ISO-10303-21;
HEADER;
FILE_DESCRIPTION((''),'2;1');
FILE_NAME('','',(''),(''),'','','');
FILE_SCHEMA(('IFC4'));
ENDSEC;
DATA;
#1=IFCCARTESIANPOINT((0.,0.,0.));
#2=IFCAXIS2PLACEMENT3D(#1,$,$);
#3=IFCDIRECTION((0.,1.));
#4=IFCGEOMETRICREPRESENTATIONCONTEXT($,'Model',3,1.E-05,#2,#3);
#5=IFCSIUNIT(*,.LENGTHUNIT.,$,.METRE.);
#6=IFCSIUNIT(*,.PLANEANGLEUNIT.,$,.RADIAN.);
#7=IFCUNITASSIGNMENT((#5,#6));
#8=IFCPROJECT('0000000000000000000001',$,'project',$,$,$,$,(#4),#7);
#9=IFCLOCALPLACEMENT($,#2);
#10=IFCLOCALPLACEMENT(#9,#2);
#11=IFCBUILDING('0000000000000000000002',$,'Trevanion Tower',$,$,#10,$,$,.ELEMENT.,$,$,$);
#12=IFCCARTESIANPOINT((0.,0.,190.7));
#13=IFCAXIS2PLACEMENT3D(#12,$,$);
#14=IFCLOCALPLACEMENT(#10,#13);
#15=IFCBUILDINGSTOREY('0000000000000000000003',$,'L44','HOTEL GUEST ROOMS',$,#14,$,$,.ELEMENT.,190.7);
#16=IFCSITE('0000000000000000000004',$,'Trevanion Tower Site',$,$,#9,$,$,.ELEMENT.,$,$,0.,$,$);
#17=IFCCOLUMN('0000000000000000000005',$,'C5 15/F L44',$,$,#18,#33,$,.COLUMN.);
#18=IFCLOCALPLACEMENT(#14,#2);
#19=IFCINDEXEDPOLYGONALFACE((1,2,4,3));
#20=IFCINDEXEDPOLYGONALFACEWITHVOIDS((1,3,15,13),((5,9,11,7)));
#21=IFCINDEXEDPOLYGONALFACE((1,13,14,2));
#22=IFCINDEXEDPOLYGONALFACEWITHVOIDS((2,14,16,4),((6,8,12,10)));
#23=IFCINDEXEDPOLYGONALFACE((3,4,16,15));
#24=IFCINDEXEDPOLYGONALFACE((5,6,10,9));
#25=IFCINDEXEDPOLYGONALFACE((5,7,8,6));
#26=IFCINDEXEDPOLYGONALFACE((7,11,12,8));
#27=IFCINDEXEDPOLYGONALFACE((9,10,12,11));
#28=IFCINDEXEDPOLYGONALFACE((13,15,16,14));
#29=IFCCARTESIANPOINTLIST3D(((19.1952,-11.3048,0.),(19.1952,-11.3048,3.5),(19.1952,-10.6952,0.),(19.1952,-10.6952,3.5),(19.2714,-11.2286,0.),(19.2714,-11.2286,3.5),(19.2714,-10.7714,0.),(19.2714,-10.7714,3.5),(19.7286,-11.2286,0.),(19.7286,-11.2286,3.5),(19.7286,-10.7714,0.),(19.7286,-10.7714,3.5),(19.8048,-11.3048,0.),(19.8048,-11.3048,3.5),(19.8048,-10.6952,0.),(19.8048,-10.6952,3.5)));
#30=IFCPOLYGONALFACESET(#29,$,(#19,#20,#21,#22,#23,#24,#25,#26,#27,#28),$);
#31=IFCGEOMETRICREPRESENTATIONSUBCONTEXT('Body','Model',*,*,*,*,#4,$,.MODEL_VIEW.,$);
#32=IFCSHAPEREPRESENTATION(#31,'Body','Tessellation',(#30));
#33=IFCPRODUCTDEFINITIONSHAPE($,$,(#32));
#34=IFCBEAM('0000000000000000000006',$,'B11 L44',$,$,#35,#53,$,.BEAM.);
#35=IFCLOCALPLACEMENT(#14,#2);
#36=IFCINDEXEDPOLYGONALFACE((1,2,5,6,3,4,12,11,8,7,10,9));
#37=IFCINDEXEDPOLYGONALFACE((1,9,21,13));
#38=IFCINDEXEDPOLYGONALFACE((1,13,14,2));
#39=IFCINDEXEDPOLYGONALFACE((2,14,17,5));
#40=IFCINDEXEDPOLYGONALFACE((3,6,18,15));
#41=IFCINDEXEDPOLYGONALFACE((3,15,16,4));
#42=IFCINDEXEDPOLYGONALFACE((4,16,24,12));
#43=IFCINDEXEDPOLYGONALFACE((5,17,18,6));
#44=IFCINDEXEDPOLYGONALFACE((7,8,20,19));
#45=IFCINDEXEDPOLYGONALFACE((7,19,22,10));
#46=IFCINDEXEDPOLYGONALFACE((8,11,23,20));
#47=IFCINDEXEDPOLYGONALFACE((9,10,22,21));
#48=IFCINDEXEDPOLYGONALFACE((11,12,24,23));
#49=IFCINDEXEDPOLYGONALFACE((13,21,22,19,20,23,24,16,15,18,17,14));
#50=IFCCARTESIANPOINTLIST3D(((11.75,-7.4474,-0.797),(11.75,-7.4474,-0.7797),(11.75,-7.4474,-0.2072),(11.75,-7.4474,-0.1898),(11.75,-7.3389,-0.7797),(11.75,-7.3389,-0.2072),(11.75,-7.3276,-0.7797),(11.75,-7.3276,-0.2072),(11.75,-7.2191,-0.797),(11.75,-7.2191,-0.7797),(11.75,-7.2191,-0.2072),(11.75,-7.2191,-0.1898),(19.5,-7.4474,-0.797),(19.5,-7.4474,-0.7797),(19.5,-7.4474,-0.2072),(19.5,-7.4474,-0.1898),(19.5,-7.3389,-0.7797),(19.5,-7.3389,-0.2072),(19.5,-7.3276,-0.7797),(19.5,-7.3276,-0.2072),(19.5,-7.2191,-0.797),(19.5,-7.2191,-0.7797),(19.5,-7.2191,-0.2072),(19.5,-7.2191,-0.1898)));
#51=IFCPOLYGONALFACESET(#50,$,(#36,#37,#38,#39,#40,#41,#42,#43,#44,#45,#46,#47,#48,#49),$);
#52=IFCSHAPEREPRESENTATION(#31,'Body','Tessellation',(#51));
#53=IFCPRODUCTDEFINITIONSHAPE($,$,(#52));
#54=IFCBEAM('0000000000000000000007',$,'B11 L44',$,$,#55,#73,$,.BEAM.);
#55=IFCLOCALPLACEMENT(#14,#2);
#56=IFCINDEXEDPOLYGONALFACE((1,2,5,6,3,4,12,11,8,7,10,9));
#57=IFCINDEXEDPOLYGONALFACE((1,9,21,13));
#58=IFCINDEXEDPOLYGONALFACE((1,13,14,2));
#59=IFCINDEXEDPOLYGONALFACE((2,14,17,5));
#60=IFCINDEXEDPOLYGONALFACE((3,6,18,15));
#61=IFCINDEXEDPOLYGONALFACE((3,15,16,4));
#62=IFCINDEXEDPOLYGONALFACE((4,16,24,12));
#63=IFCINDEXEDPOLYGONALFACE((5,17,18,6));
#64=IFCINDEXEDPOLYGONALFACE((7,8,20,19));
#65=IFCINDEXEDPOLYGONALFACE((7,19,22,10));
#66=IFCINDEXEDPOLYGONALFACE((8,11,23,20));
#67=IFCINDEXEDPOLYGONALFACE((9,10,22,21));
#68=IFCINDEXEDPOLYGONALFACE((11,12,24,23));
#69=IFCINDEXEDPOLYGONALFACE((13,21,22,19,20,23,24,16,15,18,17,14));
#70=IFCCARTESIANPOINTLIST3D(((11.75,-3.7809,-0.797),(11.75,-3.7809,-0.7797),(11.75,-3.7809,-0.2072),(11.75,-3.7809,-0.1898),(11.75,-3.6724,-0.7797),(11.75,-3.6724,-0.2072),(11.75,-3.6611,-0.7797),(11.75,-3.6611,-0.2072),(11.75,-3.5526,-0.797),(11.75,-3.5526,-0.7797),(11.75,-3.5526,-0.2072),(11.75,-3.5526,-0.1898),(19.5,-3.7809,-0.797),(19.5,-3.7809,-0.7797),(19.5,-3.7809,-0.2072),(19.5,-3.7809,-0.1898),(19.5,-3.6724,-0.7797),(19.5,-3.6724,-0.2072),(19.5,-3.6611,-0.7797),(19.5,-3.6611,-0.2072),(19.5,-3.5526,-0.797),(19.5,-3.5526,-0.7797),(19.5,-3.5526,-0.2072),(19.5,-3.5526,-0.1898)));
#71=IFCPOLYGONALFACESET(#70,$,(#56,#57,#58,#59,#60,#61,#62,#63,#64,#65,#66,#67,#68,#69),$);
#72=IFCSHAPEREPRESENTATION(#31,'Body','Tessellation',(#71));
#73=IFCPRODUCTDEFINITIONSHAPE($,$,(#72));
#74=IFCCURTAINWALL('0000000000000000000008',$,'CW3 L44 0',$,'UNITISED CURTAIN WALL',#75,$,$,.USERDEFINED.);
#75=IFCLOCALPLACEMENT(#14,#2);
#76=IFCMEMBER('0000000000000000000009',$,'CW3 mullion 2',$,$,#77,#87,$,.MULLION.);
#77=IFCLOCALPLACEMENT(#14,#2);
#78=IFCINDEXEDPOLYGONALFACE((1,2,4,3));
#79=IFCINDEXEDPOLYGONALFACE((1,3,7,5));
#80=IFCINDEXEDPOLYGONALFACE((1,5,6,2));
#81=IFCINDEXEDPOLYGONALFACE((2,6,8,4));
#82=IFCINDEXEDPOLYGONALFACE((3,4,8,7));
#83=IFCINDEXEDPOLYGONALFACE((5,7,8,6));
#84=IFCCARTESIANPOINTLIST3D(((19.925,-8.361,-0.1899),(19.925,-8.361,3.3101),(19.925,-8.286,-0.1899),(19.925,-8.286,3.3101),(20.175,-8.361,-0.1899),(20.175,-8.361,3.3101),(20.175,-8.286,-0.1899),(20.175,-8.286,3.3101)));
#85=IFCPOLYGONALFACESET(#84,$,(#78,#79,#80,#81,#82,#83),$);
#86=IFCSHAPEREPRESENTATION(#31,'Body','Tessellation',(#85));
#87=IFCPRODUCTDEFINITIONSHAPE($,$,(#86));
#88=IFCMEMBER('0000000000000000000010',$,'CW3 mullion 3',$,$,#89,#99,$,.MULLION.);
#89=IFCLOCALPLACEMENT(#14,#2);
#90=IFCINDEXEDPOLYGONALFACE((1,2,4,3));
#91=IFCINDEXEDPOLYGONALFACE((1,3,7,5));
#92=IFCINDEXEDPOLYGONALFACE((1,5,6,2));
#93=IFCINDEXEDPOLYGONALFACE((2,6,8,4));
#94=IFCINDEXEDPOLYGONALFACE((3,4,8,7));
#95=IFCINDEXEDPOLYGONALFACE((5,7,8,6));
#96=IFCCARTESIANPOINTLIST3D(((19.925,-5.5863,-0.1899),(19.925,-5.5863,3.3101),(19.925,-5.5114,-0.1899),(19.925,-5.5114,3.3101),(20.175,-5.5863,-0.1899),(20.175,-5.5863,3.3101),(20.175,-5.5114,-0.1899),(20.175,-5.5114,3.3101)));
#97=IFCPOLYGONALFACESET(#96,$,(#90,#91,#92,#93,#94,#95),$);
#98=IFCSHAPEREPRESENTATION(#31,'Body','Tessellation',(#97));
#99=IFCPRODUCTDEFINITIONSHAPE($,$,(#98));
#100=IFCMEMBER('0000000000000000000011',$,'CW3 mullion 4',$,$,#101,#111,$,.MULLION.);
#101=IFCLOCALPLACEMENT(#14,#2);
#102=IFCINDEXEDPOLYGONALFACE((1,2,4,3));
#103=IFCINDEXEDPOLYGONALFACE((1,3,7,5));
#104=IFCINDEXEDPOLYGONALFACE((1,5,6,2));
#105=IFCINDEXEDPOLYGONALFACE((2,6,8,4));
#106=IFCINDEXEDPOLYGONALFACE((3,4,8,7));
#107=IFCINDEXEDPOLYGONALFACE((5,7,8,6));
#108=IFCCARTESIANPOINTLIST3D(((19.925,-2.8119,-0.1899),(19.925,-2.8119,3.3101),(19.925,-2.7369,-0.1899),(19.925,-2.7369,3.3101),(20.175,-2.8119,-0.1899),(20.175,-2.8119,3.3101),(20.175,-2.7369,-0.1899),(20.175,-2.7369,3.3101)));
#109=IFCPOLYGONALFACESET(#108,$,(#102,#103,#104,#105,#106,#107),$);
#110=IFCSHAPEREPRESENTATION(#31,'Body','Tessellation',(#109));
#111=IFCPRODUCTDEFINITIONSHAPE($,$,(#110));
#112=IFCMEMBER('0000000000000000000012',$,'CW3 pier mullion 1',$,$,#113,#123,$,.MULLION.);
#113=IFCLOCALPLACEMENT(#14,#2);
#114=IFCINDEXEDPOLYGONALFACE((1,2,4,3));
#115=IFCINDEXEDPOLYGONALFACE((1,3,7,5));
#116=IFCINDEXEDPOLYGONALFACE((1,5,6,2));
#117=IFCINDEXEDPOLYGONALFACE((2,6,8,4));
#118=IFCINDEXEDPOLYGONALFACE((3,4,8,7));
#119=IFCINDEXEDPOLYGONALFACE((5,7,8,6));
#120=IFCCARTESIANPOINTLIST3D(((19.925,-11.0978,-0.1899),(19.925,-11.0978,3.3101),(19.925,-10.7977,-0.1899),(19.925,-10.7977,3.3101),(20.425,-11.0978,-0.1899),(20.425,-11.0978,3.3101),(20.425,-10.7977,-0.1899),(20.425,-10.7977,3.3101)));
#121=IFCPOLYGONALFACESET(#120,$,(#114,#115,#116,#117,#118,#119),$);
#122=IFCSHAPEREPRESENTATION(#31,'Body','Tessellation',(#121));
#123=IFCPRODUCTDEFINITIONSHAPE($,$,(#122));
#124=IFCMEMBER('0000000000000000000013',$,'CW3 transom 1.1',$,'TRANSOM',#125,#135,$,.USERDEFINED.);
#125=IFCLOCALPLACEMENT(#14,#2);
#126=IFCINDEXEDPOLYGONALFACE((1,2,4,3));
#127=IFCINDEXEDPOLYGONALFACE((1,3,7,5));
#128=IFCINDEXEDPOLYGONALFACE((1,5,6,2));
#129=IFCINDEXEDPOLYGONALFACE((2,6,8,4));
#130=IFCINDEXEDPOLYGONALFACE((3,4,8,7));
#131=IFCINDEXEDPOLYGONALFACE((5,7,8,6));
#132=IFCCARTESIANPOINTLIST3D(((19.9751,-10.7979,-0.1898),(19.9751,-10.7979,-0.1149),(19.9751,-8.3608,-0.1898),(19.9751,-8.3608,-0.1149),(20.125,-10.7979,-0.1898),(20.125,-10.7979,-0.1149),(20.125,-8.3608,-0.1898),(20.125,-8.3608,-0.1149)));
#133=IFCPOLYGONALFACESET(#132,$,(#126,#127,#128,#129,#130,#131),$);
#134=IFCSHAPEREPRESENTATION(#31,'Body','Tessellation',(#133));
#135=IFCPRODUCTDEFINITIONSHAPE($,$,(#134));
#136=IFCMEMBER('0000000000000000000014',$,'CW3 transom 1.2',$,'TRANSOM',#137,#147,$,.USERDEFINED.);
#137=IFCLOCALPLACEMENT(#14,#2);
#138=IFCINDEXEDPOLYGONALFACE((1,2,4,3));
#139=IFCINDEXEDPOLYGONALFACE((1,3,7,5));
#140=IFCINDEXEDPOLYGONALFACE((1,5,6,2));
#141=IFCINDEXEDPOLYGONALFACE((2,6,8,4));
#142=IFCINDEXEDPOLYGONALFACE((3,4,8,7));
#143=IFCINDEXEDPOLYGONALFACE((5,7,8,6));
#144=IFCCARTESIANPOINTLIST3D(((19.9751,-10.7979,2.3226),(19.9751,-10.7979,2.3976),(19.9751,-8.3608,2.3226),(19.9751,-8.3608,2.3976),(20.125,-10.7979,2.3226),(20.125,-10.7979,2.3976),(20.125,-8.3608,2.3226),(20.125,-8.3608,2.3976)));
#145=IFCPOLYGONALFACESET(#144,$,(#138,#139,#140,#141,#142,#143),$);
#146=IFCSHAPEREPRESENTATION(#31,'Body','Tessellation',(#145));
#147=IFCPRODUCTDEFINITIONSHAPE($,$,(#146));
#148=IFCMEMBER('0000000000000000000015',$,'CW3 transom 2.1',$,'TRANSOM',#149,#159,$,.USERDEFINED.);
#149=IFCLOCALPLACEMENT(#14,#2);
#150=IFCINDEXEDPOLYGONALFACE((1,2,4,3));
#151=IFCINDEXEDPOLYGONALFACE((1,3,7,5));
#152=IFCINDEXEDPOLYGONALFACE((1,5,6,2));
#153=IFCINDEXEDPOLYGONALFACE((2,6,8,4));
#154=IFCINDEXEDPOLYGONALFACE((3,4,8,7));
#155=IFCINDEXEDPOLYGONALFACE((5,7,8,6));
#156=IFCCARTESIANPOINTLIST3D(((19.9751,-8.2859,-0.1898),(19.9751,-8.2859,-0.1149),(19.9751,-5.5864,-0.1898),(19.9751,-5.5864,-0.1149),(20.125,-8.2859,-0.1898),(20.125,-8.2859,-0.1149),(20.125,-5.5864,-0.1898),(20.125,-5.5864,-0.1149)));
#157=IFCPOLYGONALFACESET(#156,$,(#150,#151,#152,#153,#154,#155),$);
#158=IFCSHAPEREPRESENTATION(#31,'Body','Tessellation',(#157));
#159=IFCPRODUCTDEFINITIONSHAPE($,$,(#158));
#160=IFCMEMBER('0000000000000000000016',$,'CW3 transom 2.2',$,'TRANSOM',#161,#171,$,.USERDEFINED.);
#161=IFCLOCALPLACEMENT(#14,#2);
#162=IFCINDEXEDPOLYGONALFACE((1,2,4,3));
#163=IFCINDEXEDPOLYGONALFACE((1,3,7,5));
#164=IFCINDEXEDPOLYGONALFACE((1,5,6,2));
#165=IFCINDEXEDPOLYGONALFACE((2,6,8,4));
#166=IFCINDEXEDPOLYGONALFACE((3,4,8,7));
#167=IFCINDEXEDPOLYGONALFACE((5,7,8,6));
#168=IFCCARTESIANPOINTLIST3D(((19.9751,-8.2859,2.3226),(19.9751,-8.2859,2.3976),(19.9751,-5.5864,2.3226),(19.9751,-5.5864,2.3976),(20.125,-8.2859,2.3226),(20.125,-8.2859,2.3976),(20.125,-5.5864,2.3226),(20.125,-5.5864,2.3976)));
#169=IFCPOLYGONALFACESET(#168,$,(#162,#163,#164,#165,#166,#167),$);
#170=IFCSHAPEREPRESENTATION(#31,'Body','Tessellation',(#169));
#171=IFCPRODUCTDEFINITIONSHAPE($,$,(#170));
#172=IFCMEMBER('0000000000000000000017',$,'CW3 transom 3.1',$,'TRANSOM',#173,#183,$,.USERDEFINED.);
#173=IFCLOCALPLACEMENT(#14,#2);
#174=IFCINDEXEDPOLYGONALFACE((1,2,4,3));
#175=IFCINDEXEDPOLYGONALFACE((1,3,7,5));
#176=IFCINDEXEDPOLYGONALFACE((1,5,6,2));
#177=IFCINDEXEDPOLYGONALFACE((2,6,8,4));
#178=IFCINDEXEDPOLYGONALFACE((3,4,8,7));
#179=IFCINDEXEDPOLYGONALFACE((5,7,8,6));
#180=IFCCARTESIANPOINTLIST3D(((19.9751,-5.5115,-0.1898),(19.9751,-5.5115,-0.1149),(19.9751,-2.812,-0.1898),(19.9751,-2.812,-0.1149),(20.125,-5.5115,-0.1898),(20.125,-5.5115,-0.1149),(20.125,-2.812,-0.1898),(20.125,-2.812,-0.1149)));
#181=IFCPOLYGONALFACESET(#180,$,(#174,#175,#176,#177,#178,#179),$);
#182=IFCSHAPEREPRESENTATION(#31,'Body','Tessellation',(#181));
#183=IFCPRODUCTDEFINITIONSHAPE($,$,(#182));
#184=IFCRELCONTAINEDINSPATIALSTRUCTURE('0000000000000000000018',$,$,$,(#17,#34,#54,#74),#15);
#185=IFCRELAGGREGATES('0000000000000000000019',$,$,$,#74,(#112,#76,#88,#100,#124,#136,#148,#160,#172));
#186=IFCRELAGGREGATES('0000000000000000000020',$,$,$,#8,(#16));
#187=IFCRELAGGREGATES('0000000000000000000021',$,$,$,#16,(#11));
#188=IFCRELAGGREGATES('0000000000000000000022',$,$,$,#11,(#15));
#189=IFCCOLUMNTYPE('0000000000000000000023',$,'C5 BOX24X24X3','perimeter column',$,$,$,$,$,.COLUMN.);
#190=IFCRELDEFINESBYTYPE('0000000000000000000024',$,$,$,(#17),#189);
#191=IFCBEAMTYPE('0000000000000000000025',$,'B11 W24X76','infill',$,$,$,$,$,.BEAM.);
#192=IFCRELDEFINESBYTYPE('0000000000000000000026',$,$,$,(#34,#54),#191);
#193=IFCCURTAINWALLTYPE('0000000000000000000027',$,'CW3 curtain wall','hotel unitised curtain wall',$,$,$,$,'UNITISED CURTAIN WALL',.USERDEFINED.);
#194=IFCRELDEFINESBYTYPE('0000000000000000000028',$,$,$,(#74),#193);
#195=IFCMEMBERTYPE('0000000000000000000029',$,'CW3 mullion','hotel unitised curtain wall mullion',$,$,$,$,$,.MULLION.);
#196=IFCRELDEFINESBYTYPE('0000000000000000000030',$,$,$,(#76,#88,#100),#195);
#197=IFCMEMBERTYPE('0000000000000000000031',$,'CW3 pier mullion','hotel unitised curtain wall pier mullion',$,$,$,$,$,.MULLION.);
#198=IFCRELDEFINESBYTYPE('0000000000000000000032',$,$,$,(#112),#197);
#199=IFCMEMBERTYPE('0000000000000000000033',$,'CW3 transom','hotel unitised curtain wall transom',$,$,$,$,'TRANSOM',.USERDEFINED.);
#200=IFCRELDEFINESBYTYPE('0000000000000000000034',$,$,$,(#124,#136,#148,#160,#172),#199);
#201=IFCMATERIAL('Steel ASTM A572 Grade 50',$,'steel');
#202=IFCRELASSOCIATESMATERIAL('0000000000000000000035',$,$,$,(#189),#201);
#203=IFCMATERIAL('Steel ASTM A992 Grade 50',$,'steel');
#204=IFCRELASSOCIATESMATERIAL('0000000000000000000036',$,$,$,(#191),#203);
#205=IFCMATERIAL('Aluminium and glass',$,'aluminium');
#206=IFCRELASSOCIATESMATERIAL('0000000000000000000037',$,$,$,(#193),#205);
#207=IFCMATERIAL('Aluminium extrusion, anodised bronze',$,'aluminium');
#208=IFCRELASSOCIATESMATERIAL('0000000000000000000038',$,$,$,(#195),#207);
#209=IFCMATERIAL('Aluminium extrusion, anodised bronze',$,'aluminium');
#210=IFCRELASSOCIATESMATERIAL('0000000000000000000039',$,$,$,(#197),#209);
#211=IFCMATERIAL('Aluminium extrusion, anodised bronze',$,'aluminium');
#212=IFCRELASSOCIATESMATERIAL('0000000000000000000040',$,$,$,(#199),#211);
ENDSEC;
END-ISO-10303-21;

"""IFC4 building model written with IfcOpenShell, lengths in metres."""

from ifc_helpers import new_model, si_unit, direction, frame, origin, origin_2d, place, context, subcontext, project, spatial, rectangle, hollow_rectangle, i_section, extrude, material, material_profile, profile_set, type_object, element, aggregate, save


model = new_model("IFC4")

# Units and contexts
model_context = context("Model", 3, precision=1e-05, world=origin(), true_north=direction((0.0, 1.0)))
body_context = subcontext(model_context, "Body", "Model", "MODEL_VIEW")
ifc_project = project(units=[si_unit("LENGTHUNIT", "METRE"), si_unit("PLANEANGLEUNIT", "RADIAN")], contexts=[model_context])

# Site, building, storey
site_placement = place(None, origin())
site = spatial("IfcSite", under=ifc_project, at=site_placement, Name="Trevanion Tower Site", CompositionType="ELEMENT", RefElevation=0.0)
building_placement = place(site_placement, origin())
building = spatial("IfcBuilding", under=site, at=building_placement, Name="Trevanion Tower", CompositionType="ELEMENT")
storey_placement = place(building_placement, frame((0.0, 0.0, 190.7)))
storey = spatial("IfcBuildingStorey", under=building, at=storey_placement, Name="L44", Description="HOTEL GUEST ROOMS", CompositionType="ELEMENT", Elevation=190.7)

# Column
ifc_material_1 = material(Name="Steel ASTM A572 Grade 50", Category="steel")
ifc_material_profile_1 = material_profile(ifc_material_1, hollow_rectangle(XDim=0.6096, YDim=0.6096, WallThickness=0.0762, at=origin_2d()), Name="BOX24X24X3")
ifc_profile_set_1 = profile_set([ifc_material_profile_1], Name="Steel ASTM A572 Grade 50")
column_type = type_object("IfcColumnType", Name="C5 BOX24X24X3", Description="perimeter column", PredefinedType="COLUMN", material=ifc_profile_set_1)
column_placement = place(storey_placement, frame((19.5, -11.0, 0.0), z_axis=(0.0, 0.0, 1.0), x_axis=(0.0, 1.0, 0.0)))
element("IfcColumn", 1, at=column_placement, inside=storey, type_object=column_type, Name="C5 15/F L44", PredefinedType="COLUMN", context=body_context, shape_type="SweptSolid", body=[
    extrude(hollow_rectangle(XDim=0.6096, YDim=0.6096, WallThickness=0.0762, at=origin_2d()), origin(), (0.0, 0.0, 1.0), 3.5),
])

# Beams
ifc_material_2 = material(Name="Steel ASTM A992 Grade 50", Category="steel")
ifc_material_profile_2 = material_profile(ifc_material_2, i_section(OverallWidth=0.2283, OverallDepth=0.6072, WebThickness=0.0112, FlangeThickness=0.0173, at=origin_2d()), Name="W24X76")
ifc_profile_set_2 = profile_set([ifc_material_profile_2], Name="Steel ASTM A992 Grade 50")
beam_type_1 = type_object("IfcBeamType", Name="B11 W24X76", Description="infill", PredefinedType="BEAM", material=ifc_profile_set_2)
for number, where, z_axis, x_axis, name in (
    (2, (11.75, -7.3333, -0.4934), (1.0, 0.0, 0.0), (0.0, 1.0, 0.0), "B11 L44"),
    (3, (11.75, -3.6667, -0.4934), (1.0, 0.0, 0.0), (0.0, 1.0, 0.0), "B11 L44"),
):
    element("IfcBeam", number, at=place(storey_placement, frame(where, z_axis=z_axis, x_axis=x_axis)), inside=storey, type_object=beam_type_1, Name=name, PredefinedType="BEAM", context=body_context, shape_type="SweptSolid", body=[
        extrude(i_section(OverallWidth=0.2283, OverallDepth=0.6072, WebThickness=0.0112, FlangeThickness=0.0173, at=origin_2d()), origin(), (0.0, 0.0, 1.0), 7.75),
    ])

# Curtain wall, members
ifc_material_3 = material(Name="Aluminium and glass", Category="aluminium")
curtain_wall_type = type_object("IfcCurtainWallType", Name="CW3 curtain wall", Description="hotel unitised curtain wall", ElementType="UNITISED CURTAIN WALL", PredefinedType="USERDEFINED", material=ifc_material_3)
curtain_wall_placement = place(storey_placement, origin())
curtain_wall = element("IfcCurtainWall", 4, at=curtain_wall_placement, inside=storey, type_object=curtain_wall_type, Name="CW3 L44 0", ObjectType="UNITISED CURTAIN WALL", PredefinedType="USERDEFINED")
ifc_material_4 = material(Name="Aluminium extrusion, anodised bronze", Category="aluminium")
ifc_material_profile_3 = material_profile(ifc_material_4, rectangle(XDim=0.075, YDim=0.25, at=origin_2d()), Name="CW3 mullion")
ifc_profile_set_3 = profile_set([ifc_material_profile_3], Name="Aluminium extrusion, anodised bronze")
member_type_1 = type_object("IfcMemberType", Name="CW3 mullion", Description="hotel unitised curtain wall mullion", PredefinedType="MULLION", material=ifc_profile_set_3)
member_1_placement = place(storey_placement, frame((20.05, -8.3235, -0.1899), z_axis=(0.0, 0.0, 1.0), x_axis=(0.0, 1.0, 0.0)))
member_1 = element("IfcMember", 5, at=member_1_placement, type_object=member_type_1, Name="CW3 mullion 2", PredefinedType="MULLION", context=body_context, shape_type="SweptSolid", body=[
    extrude(rectangle(XDim=0.075, YDim=0.25, at=origin_2d()), origin(), (0.0, 0.0, 1.0), 3.5),
])
member_2_placement = place(storey_placement, frame((20.05, -5.5488, -0.1899), z_axis=(0.0, 0.0, 1.0), x_axis=(0.0, 1.0, 0.0)))
member_2 = element("IfcMember", 6, at=member_2_placement, type_object=member_type_1, Name="CW3 mullion 3", PredefinedType="MULLION", context=body_context, shape_type="SweptSolid", body=[
    extrude(rectangle(XDim=0.075, YDim=0.25, at=origin_2d()), origin(), (0.0, 0.0, 1.0), 3.5),
])
member_3_placement = place(storey_placement, frame((20.05, -2.7744, -0.1899), z_axis=(0.0, 0.0, 1.0), x_axis=(0.0, 1.0, 0.0)))
member_3 = element("IfcMember", 7, at=member_3_placement, type_object=member_type_1, Name="CW3 mullion 4", PredefinedType="MULLION", context=body_context, shape_type="SweptSolid", body=[
    extrude(rectangle(XDim=0.075, YDim=0.25, at=origin_2d()), origin(), (0.0, 0.0, 1.0), 3.5),
])
ifc_material_5 = material(Name="Aluminium extrusion, anodised bronze", Category="aluminium")
ifc_material_profile_4 = material_profile(ifc_material_5, rectangle(XDim=0.3, YDim=0.5, at=origin_2d()), Name="CW3 pier mullion")
ifc_profile_set_4 = profile_set([ifc_material_profile_4], Name="Aluminium extrusion, anodised bronze")
member_type_2 = type_object("IfcMemberType", Name="CW3 pier mullion", Description="hotel unitised curtain wall pier mullion", PredefinedType="MULLION", material=ifc_profile_set_4)
member_4_placement = place(storey_placement, frame((20.175, -10.9478, -0.1899), z_axis=(0.0, 0.0, 1.0), x_axis=(0.0, 1.0, 0.0)))
member_4 = element("IfcMember", 8, at=member_4_placement, type_object=member_type_2, Name="CW3 pier mullion 1", PredefinedType="MULLION", context=body_context, shape_type="SweptSolid", body=[
    extrude(rectangle(XDim=0.3, YDim=0.5, at=origin_2d()), origin(), (0.0, 0.0, 1.0), 3.5),
])
ifc_material_6 = material(Name="Aluminium extrusion, anodised bronze", Category="aluminium")
ifc_material_profile_5 = material_profile(ifc_material_6, rectangle(XDim=0.1499, YDim=0.075, at=origin_2d()), Name="CW3 transom")
ifc_profile_set_5 = profile_set([ifc_material_profile_5], Name="Aluminium extrusion, anodised bronze")
member_type_3 = type_object("IfcMemberType", Name="CW3 transom", Description="hotel unitised curtain wall transom", ElementType="TRANSOM", PredefinedType="USERDEFINED", material=ifc_profile_set_5)
member_5_placement = place(storey_placement, frame((20.05, -10.7979, -0.1523), z_axis=(0.0, 1.0, 0.0), x_axis=(-1.0, 0.0, 0.0)))
member_5 = element("IfcMember", 9, at=member_5_placement, type_object=member_type_3, Name="CW3 transom 1.1", ObjectType="TRANSOM", PredefinedType="USERDEFINED", context=body_context, shape_type="SweptSolid", body=[
    extrude(rectangle(XDim=0.1499, YDim=0.075, at=origin_2d()), origin(), (0.0, 0.0, 1.0), 2.437),
])
member_6_placement = place(storey_placement, frame((20.05, -10.7979, 2.3601), z_axis=(0.0, 1.0, 0.0), x_axis=(-1.0, 0.0, 0.0)))
member_6 = element("IfcMember", 10, at=member_6_placement, type_object=member_type_3, Name="CW3 transom 1.2", ObjectType="TRANSOM", PredefinedType="USERDEFINED", context=body_context, shape_type="SweptSolid", body=[
    extrude(rectangle(XDim=0.1499, YDim=0.075, at=origin_2d()), origin(), (0.0, 0.0, 1.0), 2.437),
])
member_7_placement = place(storey_placement, frame((20.05, -8.2859, -0.1523), z_axis=(0.0, 1.0, 0.0), x_axis=(-1.0, 0.0, 0.0)))
member_7 = element("IfcMember", 11, at=member_7_placement, type_object=member_type_3, Name="CW3 transom 2.1", ObjectType="TRANSOM", PredefinedType="USERDEFINED", context=body_context, shape_type="SweptSolid", body=[
    extrude(rectangle(XDim=0.1499, YDim=0.075, at=origin_2d()), origin(), (0.0, 0.0, 1.0), 2.6995),
])
member_8_placement = place(storey_placement, frame((20.05, -8.2859, 2.3601), z_axis=(0.0, 1.0, 0.0), x_axis=(-1.0, 0.0, 0.0)))
member_8 = element("IfcMember", 12, at=member_8_placement, type_object=member_type_3, Name="CW3 transom 2.2", ObjectType="TRANSOM", PredefinedType="USERDEFINED", context=body_context, shape_type="SweptSolid", body=[
    extrude(rectangle(XDim=0.1499, YDim=0.075, at=origin_2d()), origin(), (0.0, 0.0, 1.0), 2.6995),
])
member_9_placement = place(storey_placement, frame((20.05, -5.5115, -0.1523), z_axis=(0.0, 1.0, 0.0), x_axis=(-1.0, 0.0, 0.0)))
member_9 = element("IfcMember", 13, at=member_9_placement, type_object=member_type_3, Name="CW3 transom 3.1", ObjectType="TRANSOM", PredefinedType="USERDEFINED", context=body_context, shape_type="SweptSolid", body=[
    extrude(rectangle(XDim=0.1499, YDim=0.075, at=origin_2d()), origin(), (0.0, 0.0, 1.0), 2.6995),
])

aggregate(curtain_wall, [member_4, member_1, member_2, member_3, member_5, member_6, member_7, member_8, member_9])

save(model, "model.ifc")
